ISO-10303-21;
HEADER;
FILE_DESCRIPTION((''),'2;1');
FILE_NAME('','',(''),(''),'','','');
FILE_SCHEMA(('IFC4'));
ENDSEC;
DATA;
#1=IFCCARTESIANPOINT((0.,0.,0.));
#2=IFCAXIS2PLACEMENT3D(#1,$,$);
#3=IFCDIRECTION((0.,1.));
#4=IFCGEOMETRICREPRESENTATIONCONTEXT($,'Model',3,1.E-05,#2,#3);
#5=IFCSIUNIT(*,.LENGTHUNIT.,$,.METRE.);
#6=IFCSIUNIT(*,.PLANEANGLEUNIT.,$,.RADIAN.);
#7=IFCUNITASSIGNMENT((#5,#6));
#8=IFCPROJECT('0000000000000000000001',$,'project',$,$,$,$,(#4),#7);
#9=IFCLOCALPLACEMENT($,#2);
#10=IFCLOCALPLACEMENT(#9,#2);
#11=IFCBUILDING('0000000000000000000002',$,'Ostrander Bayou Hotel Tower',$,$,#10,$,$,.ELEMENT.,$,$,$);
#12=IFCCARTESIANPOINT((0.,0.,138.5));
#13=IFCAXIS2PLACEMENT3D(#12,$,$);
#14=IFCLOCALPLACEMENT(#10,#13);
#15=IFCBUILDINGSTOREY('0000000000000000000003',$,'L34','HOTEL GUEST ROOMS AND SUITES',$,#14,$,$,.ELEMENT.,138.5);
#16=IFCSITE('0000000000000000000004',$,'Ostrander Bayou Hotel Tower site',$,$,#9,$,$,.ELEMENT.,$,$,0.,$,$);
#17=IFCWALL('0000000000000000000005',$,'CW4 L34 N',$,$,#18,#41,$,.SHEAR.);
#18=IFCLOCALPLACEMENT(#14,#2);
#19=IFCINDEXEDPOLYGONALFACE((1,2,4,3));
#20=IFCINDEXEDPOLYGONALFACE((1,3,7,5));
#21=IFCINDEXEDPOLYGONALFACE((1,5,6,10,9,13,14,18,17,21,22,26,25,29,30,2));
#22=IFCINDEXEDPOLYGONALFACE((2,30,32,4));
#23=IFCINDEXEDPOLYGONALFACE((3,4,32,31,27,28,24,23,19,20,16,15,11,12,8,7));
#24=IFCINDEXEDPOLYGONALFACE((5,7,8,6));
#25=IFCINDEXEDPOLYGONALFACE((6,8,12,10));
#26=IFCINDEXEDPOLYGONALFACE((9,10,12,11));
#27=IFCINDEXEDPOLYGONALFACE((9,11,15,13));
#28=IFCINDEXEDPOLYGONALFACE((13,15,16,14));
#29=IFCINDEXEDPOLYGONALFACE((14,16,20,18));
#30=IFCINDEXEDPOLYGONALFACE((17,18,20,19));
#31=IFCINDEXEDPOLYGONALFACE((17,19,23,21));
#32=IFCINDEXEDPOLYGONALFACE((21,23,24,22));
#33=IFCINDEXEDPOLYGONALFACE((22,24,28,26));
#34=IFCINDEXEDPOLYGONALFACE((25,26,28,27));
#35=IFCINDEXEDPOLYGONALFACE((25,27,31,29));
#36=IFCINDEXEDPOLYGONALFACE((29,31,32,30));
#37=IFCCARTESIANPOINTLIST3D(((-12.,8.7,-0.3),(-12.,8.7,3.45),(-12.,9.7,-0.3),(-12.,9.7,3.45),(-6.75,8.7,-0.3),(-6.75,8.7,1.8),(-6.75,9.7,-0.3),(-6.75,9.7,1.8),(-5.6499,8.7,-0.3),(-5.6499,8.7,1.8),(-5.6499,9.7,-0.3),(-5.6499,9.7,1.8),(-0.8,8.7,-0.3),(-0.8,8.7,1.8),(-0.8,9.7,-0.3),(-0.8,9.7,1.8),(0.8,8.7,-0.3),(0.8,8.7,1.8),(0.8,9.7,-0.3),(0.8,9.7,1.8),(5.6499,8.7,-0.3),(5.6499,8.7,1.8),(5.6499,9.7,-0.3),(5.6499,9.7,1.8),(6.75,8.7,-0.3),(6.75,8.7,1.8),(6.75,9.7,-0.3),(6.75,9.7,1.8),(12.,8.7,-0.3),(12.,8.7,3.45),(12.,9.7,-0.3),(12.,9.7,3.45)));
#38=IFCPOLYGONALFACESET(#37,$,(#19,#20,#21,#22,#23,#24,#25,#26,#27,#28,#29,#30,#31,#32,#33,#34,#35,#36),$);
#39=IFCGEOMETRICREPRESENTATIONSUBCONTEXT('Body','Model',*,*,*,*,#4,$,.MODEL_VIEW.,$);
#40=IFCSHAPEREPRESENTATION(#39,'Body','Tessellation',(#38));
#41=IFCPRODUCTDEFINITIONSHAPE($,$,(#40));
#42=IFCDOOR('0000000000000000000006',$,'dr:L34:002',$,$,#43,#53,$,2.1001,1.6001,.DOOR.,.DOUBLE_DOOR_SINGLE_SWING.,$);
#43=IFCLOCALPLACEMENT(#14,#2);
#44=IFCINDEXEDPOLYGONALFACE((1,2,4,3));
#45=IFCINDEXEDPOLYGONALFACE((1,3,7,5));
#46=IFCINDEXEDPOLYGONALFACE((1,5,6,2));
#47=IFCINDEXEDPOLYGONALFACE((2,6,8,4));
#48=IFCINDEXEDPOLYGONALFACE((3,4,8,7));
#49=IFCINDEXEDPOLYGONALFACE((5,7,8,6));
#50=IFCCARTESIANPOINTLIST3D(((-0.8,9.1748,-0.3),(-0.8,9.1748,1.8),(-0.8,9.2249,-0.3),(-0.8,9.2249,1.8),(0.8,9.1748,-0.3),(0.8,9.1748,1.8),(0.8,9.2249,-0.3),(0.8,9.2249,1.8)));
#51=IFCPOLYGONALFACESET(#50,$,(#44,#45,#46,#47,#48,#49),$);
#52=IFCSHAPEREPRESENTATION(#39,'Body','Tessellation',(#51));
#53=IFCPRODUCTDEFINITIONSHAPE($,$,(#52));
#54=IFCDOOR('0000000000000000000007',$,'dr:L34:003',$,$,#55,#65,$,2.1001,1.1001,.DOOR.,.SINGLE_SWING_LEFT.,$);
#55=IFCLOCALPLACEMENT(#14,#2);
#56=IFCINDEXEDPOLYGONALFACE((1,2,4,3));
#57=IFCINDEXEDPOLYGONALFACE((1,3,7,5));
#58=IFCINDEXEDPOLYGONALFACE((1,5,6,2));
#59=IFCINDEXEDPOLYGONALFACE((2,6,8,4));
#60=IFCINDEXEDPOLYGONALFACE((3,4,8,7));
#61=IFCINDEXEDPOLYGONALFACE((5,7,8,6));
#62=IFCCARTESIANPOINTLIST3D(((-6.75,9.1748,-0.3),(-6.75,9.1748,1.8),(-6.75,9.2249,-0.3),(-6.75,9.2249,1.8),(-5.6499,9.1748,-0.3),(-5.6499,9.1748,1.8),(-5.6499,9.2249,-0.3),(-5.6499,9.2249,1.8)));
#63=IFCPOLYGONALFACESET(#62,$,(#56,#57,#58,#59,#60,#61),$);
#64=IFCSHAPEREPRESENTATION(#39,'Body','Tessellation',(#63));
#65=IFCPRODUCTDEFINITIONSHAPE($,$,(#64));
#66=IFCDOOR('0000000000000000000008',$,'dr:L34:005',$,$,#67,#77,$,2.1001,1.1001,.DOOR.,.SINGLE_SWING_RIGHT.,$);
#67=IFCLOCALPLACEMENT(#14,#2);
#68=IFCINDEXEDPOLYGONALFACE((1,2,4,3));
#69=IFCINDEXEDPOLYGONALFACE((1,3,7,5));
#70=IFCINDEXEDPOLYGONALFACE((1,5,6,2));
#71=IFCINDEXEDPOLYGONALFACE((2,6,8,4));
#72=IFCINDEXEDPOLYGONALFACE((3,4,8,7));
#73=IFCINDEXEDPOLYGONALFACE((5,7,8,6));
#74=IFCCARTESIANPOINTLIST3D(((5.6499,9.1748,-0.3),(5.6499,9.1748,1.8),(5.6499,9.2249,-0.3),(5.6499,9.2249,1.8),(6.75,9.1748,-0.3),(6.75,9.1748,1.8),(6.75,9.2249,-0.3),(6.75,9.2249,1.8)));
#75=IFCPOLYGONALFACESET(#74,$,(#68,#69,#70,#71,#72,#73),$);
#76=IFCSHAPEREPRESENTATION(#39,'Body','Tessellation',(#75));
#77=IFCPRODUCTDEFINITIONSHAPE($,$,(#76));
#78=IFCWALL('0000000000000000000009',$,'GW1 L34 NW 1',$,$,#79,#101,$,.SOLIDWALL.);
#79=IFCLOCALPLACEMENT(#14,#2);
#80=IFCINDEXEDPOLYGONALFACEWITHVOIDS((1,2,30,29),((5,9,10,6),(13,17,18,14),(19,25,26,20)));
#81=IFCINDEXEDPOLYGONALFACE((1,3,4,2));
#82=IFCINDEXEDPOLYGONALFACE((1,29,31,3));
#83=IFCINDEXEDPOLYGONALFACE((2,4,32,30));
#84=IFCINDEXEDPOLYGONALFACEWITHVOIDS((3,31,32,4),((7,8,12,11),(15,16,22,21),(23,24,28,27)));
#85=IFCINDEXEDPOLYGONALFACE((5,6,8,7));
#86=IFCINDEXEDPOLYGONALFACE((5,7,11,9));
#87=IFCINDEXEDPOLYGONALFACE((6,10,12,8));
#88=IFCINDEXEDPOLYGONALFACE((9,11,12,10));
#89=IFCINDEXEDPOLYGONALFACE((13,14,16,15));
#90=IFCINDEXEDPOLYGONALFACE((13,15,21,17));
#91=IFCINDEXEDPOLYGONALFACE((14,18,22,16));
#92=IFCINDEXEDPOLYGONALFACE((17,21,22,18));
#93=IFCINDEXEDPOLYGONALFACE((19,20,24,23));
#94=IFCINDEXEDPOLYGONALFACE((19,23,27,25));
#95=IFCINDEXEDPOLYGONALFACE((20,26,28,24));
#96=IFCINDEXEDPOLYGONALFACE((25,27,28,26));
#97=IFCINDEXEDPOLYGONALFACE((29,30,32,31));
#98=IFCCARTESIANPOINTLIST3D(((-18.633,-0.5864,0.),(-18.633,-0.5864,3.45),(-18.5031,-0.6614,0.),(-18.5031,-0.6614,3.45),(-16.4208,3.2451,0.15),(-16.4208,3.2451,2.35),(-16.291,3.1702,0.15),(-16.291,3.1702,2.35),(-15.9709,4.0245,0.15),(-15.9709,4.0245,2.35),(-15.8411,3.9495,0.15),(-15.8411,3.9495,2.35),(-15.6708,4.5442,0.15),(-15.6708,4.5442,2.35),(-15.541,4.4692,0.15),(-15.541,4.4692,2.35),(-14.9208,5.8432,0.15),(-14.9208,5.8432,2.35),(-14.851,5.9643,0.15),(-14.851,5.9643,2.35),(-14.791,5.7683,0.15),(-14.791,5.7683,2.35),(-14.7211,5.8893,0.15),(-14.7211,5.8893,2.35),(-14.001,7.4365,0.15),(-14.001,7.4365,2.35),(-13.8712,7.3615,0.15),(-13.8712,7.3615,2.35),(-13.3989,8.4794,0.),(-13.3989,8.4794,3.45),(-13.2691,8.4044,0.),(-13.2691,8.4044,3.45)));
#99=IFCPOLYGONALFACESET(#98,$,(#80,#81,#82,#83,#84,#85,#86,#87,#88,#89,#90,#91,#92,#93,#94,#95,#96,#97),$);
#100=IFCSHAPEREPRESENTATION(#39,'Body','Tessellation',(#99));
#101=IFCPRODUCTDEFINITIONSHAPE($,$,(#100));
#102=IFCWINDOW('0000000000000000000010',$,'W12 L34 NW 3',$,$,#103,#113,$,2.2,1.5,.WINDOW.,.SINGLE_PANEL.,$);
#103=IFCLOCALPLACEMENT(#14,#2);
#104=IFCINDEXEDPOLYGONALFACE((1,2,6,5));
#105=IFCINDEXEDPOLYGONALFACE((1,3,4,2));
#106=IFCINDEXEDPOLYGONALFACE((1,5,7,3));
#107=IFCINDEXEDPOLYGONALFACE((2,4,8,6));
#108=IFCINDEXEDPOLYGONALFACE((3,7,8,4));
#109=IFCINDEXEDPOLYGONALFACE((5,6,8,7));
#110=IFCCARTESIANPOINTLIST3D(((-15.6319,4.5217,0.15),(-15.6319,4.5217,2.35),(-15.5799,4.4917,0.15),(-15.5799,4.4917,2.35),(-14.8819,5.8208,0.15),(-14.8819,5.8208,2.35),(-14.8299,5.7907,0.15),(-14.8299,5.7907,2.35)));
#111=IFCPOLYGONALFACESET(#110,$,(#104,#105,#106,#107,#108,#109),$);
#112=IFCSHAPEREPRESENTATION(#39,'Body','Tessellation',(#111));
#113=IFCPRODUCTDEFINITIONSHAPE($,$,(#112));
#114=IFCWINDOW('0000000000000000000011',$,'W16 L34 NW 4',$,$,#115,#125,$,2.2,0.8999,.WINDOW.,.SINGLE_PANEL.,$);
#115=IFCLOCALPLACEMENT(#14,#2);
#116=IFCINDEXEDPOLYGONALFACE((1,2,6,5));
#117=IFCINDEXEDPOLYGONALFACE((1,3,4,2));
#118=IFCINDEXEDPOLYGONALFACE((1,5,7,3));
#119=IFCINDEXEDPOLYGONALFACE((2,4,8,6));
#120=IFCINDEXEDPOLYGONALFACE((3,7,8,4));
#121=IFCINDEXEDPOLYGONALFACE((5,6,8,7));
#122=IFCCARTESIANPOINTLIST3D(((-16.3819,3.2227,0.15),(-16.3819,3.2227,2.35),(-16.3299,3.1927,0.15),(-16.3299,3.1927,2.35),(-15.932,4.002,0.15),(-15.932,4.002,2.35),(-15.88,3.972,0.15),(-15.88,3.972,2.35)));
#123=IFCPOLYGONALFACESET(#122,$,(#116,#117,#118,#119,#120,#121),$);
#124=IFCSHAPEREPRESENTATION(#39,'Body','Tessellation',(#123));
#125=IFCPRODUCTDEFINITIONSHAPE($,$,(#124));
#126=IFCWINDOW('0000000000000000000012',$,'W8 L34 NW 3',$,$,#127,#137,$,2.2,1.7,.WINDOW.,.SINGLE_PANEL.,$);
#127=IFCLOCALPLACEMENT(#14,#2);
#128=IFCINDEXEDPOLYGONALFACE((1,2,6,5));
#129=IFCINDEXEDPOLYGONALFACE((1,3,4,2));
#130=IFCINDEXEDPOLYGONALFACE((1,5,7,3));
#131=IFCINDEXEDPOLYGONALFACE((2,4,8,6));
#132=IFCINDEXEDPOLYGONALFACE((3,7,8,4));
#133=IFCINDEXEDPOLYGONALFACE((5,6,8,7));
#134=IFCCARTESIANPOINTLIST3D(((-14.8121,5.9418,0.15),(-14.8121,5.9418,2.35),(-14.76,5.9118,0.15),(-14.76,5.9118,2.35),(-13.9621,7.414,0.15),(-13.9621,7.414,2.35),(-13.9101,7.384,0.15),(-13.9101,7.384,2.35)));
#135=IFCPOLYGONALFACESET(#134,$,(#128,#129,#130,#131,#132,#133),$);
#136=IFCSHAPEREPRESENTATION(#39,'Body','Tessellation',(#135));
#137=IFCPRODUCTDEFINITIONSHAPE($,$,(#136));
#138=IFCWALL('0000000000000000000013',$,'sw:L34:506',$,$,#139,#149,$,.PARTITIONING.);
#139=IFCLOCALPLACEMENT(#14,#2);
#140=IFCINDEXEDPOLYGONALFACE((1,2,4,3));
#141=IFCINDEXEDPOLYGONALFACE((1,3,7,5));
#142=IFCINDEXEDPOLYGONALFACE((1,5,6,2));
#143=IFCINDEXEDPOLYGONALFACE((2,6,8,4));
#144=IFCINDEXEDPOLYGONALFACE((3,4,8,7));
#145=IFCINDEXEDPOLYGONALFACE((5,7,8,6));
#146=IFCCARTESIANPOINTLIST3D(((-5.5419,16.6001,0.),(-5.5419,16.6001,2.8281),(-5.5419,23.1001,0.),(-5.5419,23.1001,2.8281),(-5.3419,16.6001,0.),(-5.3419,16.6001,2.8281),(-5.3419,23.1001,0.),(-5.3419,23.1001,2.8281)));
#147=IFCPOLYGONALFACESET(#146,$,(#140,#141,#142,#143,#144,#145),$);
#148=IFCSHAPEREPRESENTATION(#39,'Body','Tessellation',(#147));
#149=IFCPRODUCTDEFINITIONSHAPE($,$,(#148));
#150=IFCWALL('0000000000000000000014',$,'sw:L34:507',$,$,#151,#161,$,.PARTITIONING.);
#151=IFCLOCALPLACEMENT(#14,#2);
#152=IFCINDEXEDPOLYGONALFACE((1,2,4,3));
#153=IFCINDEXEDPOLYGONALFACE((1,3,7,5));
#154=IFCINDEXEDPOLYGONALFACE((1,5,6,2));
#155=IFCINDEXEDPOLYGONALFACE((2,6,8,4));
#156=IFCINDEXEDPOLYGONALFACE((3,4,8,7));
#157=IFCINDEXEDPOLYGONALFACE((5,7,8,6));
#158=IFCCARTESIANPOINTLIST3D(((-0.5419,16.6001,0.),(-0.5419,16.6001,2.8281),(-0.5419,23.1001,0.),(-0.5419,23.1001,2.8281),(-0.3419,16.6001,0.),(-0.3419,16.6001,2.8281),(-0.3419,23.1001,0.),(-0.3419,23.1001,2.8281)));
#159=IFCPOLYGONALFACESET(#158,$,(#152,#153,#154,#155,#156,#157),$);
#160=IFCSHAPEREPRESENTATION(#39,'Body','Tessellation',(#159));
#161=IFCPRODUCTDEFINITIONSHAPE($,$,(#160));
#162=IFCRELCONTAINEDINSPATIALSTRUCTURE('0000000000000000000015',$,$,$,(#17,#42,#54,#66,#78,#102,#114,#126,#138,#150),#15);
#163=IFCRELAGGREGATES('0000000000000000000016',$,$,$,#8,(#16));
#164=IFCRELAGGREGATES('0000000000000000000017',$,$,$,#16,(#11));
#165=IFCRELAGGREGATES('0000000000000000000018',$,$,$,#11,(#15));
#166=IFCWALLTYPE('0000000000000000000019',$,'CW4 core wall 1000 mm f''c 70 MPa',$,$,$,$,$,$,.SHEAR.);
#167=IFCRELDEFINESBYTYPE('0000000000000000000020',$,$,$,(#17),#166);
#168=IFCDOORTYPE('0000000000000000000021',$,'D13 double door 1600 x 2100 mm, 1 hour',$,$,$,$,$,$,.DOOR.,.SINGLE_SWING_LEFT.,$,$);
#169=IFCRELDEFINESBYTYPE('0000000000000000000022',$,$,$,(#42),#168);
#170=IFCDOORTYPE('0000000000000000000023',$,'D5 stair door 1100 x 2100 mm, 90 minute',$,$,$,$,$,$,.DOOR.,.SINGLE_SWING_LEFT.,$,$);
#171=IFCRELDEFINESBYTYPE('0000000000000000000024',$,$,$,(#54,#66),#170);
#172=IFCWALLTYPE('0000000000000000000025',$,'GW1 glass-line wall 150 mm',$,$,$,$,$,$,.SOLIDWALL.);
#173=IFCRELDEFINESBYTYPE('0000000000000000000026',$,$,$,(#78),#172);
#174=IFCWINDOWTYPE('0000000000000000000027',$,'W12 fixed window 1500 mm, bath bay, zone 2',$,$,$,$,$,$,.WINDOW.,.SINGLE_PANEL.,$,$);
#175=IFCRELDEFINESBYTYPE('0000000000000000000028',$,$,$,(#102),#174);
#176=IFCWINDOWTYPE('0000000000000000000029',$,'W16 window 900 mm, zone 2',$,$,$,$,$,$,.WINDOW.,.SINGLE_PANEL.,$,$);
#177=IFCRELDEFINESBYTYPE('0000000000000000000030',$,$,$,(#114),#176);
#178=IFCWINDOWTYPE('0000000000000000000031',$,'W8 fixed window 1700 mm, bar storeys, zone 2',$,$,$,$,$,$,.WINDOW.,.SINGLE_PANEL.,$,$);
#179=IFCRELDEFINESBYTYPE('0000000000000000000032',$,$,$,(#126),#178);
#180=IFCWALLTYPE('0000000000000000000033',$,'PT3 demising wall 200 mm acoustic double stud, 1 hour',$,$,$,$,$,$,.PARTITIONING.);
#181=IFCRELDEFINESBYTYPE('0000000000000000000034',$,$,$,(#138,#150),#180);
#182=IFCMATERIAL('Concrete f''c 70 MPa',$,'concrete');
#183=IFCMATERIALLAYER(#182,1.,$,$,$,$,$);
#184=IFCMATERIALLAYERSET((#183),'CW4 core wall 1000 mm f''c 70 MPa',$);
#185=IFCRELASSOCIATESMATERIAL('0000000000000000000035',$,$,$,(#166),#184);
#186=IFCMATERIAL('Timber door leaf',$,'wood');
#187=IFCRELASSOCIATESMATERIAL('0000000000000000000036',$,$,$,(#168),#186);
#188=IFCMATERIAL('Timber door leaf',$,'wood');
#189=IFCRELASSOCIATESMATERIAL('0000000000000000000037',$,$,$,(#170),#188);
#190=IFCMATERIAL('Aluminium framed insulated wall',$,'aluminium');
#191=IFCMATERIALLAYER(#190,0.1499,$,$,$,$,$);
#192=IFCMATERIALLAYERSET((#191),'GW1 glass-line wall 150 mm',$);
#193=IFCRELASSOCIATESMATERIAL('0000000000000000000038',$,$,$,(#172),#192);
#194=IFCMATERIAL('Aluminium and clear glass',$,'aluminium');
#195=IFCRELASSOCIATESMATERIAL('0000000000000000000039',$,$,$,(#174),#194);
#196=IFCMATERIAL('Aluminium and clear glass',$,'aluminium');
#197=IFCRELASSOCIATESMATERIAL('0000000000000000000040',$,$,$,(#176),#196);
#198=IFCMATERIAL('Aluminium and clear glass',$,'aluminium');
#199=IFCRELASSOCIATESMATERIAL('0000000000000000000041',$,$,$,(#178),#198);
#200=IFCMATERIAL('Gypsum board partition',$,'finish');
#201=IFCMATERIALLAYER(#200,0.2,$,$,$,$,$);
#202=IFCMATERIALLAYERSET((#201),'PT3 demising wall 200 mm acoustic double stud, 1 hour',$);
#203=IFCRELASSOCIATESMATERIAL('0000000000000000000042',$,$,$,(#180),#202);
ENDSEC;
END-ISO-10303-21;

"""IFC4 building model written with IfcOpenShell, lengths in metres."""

from ifc_helpers import new_model, si_unit, direction, frame, frame_2d, origin, place, context, subcontext, project, spatial, rectangle, extrude, material, layer, layer_set, type_object, element, fill, save


model = new_model("IFC4")

# Units and contexts
model_context = context("Model", 3, precision=1e-05, world=origin(), true_north=direction((0.0, 1.0)))
body_context = subcontext(model_context, "Body", "Model", "MODEL_VIEW")
ifc_project = project(units=[si_unit("LENGTHUNIT", "METRE"), si_unit("PLANEANGLEUNIT", "RADIAN")], contexts=[model_context])

# Site, building, storey
site_placement = place(None, origin())
site = spatial("IfcSite", under=ifc_project, at=site_placement, Name="Ostrander Bayou Hotel Tower site", CompositionType="ELEMENT", RefElevation=0.0)
building_placement = place(site_placement, origin())
building = spatial("IfcBuilding", under=site, at=building_placement, Name="Ostrander Bayou Hotel Tower", CompositionType="ELEMENT")
storey_placement = place(building_placement, frame((0.0, 0.0, 138.5)))
storey = spatial("IfcBuildingStorey", under=building, at=storey_placement, Name="L34", Description="HOTEL GUEST ROOMS AND SUITES", CompositionType="ELEMENT", Elevation=138.5)

# Wall, openings, doors
ifc_material_1 = material(Name="Concrete f'c 70 MPa", Category="concrete")
ifc_layer_1 = layer(ifc_material_1, 1.0)
ifc_layer_set_1 = layer_set([ifc_layer_1], Name="CW4 core wall 1000 mm f'c 70 MPa")
wall_type_1 = type_object("IfcWallType", Name="CW4 core wall 1000 mm f'c 70 MPa", PredefinedType="SHEAR", material=ifc_layer_set_1)
wall_1_placement = place(storey_placement, frame((-12.0, 9.2, -0.3), z_axis=(0.0, 0.0, 1.0), x_axis=(1.0, 0.0, 0.0)))
wall_1 = element("IfcWall", 1, at=wall_1_placement, inside=storey, type_object=wall_type_1, Name="CW4 L34 N", PredefinedType="SHEAR", context=body_context, shape_type="SweptSolid", body=[
    extrude(rectangle(XDim=24.0, YDim=1.0, at=frame_2d((12.0, 0.0))), origin(), (0.0, 0.0, 1.0), 3.75),
])
opening_1_placement = place(wall_1_placement, frame((11.2, 0.0, 0.0)))
opening_1 = element("IfcOpeningElement", 2, at=opening_1_placement, cuts=wall_1, PredefinedType="OPENING", context=body_context, shape_type="SweptSolid", body=[
    extrude(rectangle(XDim=1.6001, YDim=2.1001, at=frame_2d((0.8, 1.05))), frame((0.0, 0.5, 0.0), z_axis=(0.0, -1.0, 0.0), x_axis=(1.0, 0.0, 0.0)), (0.0, 0.0, 1.0), 1.0),
])
opening_2_placement = place(wall_1_placement, frame((5.25, 0.0, 0.0)))
opening_2 = element("IfcOpeningElement", 3, at=opening_2_placement, cuts=wall_1, PredefinedType="OPENING", context=body_context, shape_type="SweptSolid", body=[
    extrude(rectangle(XDim=1.1001, YDim=2.1001, at=frame_2d((0.55, 1.05))), frame((0.0, 0.5, 0.0), z_axis=(0.0, -1.0, 0.0), x_axis=(1.0, 0.0, 0.0)), (0.0, 0.0, 1.0), 1.0),
])
opening_3_placement = place(wall_1_placement, frame((17.6499, 0.0, 0.0)))
opening_3 = element("IfcOpeningElement", 4, at=opening_3_placement, cuts=wall_1, PredefinedType="OPENING", context=body_context, shape_type="SweptSolid", body=[
    extrude(rectangle(XDim=1.1001, YDim=2.1001, at=frame_2d((0.55, 1.05))), frame((0.0, 0.5, 0.0), z_axis=(0.0, -1.0, 0.0), x_axis=(1.0, 0.0, 0.0)), (0.0, 0.0, 1.0), 1.0),
])
ifc_material_2 = material(Name="Timber door leaf", Category="wood")
door_type_1 = type_object("IfcDoorType", Name="D13 double door 1600 x 2100 mm, 1 hour", OperationType="SINGLE_SWING_LEFT", PredefinedType="DOOR", material=ifc_material_2)
door_1_placement = place(opening_1_placement, origin())
door_1 = element("IfcDoor", 5, at=door_1_placement, inside=storey, type_object=door_type_1, Name="dr:L34:002", OperationType="DOUBLE_DOOR_SINGLE_SWING", OverallHeight=2.1001, OverallWidth=1.6001, PredefinedType="DOOR", context=body_context, shape_type="SweptSolid", body=[
    extrude(rectangle(XDim=1.6001, YDim=2.1001, at=frame_2d((0.8, 1.05))), frame((0.0, 0.0249, 0.0), z_axis=(0.0, -1.0, 0.0), x_axis=(1.0, 0.0, 0.0)), (0.0, 0.0, 1.0), 0.05),
])
fill(opening_1, door_1)
ifc_material_3 = material(Name="Timber door leaf", Category="wood")
door_type_2 = type_object("IfcDoorType", Name="D5 stair door 1100 x 2100 mm, 90 minute", OperationType="SINGLE_SWING_LEFT", PredefinedType="DOOR", material=ifc_material_3)
door_2_placement = place(opening_2_placement, origin())
door_2 = element("IfcDoor", 6, at=door_2_placement, inside=storey, type_object=door_type_2, Name="dr:L34:003", OperationType="SINGLE_SWING_LEFT", OverallHeight=2.1001, OverallWidth=1.1001, PredefinedType="DOOR", context=body_context, shape_type="SweptSolid", body=[
    extrude(rectangle(XDim=1.1001, YDim=2.1001, at=frame_2d((0.55, 1.05))), frame((0.0, 0.0249, 0.0), z_axis=(0.0, -1.0, 0.0), x_axis=(1.0, 0.0, 0.0)), (0.0, 0.0, 1.0), 0.05),
])
fill(opening_2, door_2)
door_3_placement = place(opening_3_placement, origin())
door_3 = element("IfcDoor", 7, at=door_3_placement, inside=storey, type_object=door_type_2, Name="dr:L34:005", OperationType="SINGLE_SWING_RIGHT", OverallHeight=2.1001, OverallWidth=1.1001, PredefinedType="DOOR", context=body_context, shape_type="SweptSolid", body=[
    extrude(rectangle(XDim=1.1001, YDim=2.1001, at=frame_2d((0.55, 1.05))), frame((0.0, 0.0249, 0.0), z_axis=(0.0, -1.0, 0.0), x_axis=(1.0, 0.0, 0.0)), (0.0, 0.0, 1.0), 0.05),
])
fill(opening_3, door_3)

# Wall, openings, windows
ifc_material_4 = material(Name="Aluminium framed insulated wall", Category="aluminium")
ifc_layer_2 = layer(ifc_material_4, 0.1499)
ifc_layer_set_2 = layer_set([ifc_layer_2], Name="GW1 glass-line wall 150 mm")
wall_type_2 = type_object("IfcWallType", Name="GW1 glass-line wall 150 mm", PredefinedType="SOLIDWALL", material=ifc_layer_set_2)
wall_2_placement = place(storey_placement, frame((-13.334, 8.4419, 0.0), z_axis=(0.0, 0.0, 1.0), x_axis=(-0.499994, -0.866029, 0.0)))
wall_2 = element("IfcWall", 8, at=wall_2_placement, inside=storey, type_object=wall_type_2, Name="GW1 L34 NW 1", PredefinedType="SOLIDWALL", context=body_context, shape_type="SweptSolid", body=[
    extrude(rectangle(XDim=10.4683, YDim=0.1499, at=frame_2d((5.2341, 0.0))), origin(), (0.0, 0.0, 1.0), 3.45),
])
opening_4_placement = place(wall_2_placement, frame((1.2041, 0.0, 0.1499)))
opening_4 = element("IfcOpeningElement", 9, at=opening_4_placement, cuts=wall_2, PredefinedType="OPENING", context=body_context, shape_type="SweptSolid", body=[
    extrude(rectangle(XDim=1.7, YDim=2.2, at=frame_2d((0.8501, 1.1001))), frame((0.0, 0.075, 0.0), z_axis=(0.0, -1.0, 0.0), x_axis=(1.0, 0.0, 0.0)), (0.0, 0.0, 1.0), 0.1499),
])
opening_5_placement = place(wall_2_placement, frame((3.0439, 0.0, 0.1499)))
opening_5 = element("IfcOpeningElement", 10, at=opening_5_placement, cuts=wall_2, PredefinedType="OPENING", context=body_context, shape_type="SweptSolid", body=[
    extrude(rectangle(XDim=1.5, YDim=2.2, at=frame_2d((0.75, 1.1001))), frame((0.0, 0.075, 0.0), z_axis=(0.0, -1.0, 0.0), x_axis=(1.0, 0.0, 0.0)), (0.0, 0.0, 1.0), 0.1499),
])
opening_6_placement = place(wall_2_placement, frame((5.144, 0.0, 0.1499)))
opening_6 = element("IfcOpeningElement", 11, at=opening_6_placement, cuts=wall_2, PredefinedType="OPENING", context=body_context, shape_type="SweptSolid", body=[
    extrude(rectangle(XDim=0.8999, YDim=2.2, at=frame_2d((0.45, 1.1001))), frame((0.0, 0.075, 0.0), z_axis=(0.0, -1.0, 0.0), x_axis=(1.0, 0.0, 0.0)), (0.0, 0.0, 1.0), 0.1499),
])
ifc_material_5 = material(Name="Aluminium and clear glass", Category="aluminium")
window_type_1 = type_object("IfcWindowType", Name="W12 fixed window 1500 mm, bath bay, zone 2", PartitioningType="SINGLE_PANEL", PredefinedType="WINDOW", material=ifc_material_5)
window_1_placement = place(opening_5_placement, origin())
window_1 = element("IfcWindow", 12, at=window_1_placement, inside=storey, type_object=window_type_1, Name="W12 L34 NW 3", OverallHeight=2.2, OverallWidth=1.5, PartitioningType="SINGLE_PANEL", PredefinedType="WINDOW", context=body_context, shape_type="SweptSolid", body=[
    extrude(rectangle(XDim=1.5, YDim=2.2, at=frame_2d((0.75, 1.1001))), frame((0.0, 0.03, 0.0), z_axis=(0.0, -1.0, 0.0), x_axis=(1.0, 0.0, 0.0)), (0.0, 0.0, 1.0), 0.0601),
])
fill(opening_5, window_1)
ifc_material_6 = material(Name="Aluminium and clear glass", Category="aluminium")
window_type_2 = type_object("IfcWindowType", Name="W16 window 900 mm, zone 2", PartitioningType="SINGLE_PANEL", PredefinedType="WINDOW", material=ifc_material_6)
window_2_placement = place(opening_6_placement, origin())
window_2 = element("IfcWindow", 13, at=window_2_placement, inside=storey, type_object=window_type_2, Name="W16 L34 NW 4", OverallHeight=2.2, OverallWidth=0.8999, PartitioningType="SINGLE_PANEL", PredefinedType="WINDOW", context=body_context, shape_type="SweptSolid", body=[
    extrude(rectangle(XDim=0.8999, YDim=2.2, at=frame_2d((0.45, 1.1001))), frame((0.0, 0.03, 0.0), z_axis=(0.0, -1.0, 0.0), x_axis=(1.0, 0.0, 0.0)), (0.0, 0.0, 1.0), 0.0601),
])
fill(opening_6, window_2)
ifc_material_7 = material(Name="Aluminium and clear glass", Category="aluminium")
window_type_3 = type_object("IfcWindowType", Name="W8 fixed window 1700 mm, bar storeys, zone 2", PartitioningType="SINGLE_PANEL", PredefinedType="WINDOW", material=ifc_material_7)
window_3_placement = place(opening_4_placement, origin())
window_3 = element("IfcWindow", 14, at=window_3_placement, inside=storey, type_object=window_type_3, Name="W8 L34 NW 3", OverallHeight=2.2, OverallWidth=1.7, PartitioningType="SINGLE_PANEL", PredefinedType="WINDOW", context=body_context, shape_type="SweptSolid", body=[
    extrude(rectangle(XDim=1.7, YDim=2.2, at=frame_2d((0.8501, 1.1001))), frame((0.0, 0.03, 0.0), z_axis=(0.0, -1.0, 0.0), x_axis=(1.0, 0.0, 0.0)), (0.0, 0.0, 1.0), 0.0601),
])
fill(opening_4, window_3)

# Walls
ifc_material_8 = material(Name="Gypsum board partition", Category="finish")
ifc_layer_3 = layer(ifc_material_8, 0.2)
ifc_layer_set_3 = layer_set([ifc_layer_3], Name="PT3 demising wall 200 mm acoustic double stud, 1 hour")
wall_type_3 = type_object("IfcWallType", Name="PT3 demising wall 200 mm acoustic double stud, 1 hour", PredefinedType="PARTITIONING", material=ifc_layer_set_3)
for number, where, z_axis, x_axis, name in (
    (15, (-5.4419, 16.6001, 0.0), (0.0, 0.0, 1.0), (0.0, 1.0, 0.0), "sw:L34:506"),
    (16, (-0.4419, 16.6001, 0.0), (0.0, 0.0, 1.0), (0.0, 1.0, 0.0), "sw:L34:507"),
):
    element("IfcWall", number, at=place(storey_placement, frame(where, z_axis=z_axis, x_axis=x_axis)), inside=storey, type_object=wall_type_3, Name=name, PredefinedType="PARTITIONING", context=body_context, shape_type="SweptSolid", body=[
        extrude(rectangle(XDim=6.5, YDim=0.2, at=frame_2d((3.25, 0.0))), origin(), (0.0, 0.0, 1.0), 2.8281),
    ])

save(model, "model.ifc")
